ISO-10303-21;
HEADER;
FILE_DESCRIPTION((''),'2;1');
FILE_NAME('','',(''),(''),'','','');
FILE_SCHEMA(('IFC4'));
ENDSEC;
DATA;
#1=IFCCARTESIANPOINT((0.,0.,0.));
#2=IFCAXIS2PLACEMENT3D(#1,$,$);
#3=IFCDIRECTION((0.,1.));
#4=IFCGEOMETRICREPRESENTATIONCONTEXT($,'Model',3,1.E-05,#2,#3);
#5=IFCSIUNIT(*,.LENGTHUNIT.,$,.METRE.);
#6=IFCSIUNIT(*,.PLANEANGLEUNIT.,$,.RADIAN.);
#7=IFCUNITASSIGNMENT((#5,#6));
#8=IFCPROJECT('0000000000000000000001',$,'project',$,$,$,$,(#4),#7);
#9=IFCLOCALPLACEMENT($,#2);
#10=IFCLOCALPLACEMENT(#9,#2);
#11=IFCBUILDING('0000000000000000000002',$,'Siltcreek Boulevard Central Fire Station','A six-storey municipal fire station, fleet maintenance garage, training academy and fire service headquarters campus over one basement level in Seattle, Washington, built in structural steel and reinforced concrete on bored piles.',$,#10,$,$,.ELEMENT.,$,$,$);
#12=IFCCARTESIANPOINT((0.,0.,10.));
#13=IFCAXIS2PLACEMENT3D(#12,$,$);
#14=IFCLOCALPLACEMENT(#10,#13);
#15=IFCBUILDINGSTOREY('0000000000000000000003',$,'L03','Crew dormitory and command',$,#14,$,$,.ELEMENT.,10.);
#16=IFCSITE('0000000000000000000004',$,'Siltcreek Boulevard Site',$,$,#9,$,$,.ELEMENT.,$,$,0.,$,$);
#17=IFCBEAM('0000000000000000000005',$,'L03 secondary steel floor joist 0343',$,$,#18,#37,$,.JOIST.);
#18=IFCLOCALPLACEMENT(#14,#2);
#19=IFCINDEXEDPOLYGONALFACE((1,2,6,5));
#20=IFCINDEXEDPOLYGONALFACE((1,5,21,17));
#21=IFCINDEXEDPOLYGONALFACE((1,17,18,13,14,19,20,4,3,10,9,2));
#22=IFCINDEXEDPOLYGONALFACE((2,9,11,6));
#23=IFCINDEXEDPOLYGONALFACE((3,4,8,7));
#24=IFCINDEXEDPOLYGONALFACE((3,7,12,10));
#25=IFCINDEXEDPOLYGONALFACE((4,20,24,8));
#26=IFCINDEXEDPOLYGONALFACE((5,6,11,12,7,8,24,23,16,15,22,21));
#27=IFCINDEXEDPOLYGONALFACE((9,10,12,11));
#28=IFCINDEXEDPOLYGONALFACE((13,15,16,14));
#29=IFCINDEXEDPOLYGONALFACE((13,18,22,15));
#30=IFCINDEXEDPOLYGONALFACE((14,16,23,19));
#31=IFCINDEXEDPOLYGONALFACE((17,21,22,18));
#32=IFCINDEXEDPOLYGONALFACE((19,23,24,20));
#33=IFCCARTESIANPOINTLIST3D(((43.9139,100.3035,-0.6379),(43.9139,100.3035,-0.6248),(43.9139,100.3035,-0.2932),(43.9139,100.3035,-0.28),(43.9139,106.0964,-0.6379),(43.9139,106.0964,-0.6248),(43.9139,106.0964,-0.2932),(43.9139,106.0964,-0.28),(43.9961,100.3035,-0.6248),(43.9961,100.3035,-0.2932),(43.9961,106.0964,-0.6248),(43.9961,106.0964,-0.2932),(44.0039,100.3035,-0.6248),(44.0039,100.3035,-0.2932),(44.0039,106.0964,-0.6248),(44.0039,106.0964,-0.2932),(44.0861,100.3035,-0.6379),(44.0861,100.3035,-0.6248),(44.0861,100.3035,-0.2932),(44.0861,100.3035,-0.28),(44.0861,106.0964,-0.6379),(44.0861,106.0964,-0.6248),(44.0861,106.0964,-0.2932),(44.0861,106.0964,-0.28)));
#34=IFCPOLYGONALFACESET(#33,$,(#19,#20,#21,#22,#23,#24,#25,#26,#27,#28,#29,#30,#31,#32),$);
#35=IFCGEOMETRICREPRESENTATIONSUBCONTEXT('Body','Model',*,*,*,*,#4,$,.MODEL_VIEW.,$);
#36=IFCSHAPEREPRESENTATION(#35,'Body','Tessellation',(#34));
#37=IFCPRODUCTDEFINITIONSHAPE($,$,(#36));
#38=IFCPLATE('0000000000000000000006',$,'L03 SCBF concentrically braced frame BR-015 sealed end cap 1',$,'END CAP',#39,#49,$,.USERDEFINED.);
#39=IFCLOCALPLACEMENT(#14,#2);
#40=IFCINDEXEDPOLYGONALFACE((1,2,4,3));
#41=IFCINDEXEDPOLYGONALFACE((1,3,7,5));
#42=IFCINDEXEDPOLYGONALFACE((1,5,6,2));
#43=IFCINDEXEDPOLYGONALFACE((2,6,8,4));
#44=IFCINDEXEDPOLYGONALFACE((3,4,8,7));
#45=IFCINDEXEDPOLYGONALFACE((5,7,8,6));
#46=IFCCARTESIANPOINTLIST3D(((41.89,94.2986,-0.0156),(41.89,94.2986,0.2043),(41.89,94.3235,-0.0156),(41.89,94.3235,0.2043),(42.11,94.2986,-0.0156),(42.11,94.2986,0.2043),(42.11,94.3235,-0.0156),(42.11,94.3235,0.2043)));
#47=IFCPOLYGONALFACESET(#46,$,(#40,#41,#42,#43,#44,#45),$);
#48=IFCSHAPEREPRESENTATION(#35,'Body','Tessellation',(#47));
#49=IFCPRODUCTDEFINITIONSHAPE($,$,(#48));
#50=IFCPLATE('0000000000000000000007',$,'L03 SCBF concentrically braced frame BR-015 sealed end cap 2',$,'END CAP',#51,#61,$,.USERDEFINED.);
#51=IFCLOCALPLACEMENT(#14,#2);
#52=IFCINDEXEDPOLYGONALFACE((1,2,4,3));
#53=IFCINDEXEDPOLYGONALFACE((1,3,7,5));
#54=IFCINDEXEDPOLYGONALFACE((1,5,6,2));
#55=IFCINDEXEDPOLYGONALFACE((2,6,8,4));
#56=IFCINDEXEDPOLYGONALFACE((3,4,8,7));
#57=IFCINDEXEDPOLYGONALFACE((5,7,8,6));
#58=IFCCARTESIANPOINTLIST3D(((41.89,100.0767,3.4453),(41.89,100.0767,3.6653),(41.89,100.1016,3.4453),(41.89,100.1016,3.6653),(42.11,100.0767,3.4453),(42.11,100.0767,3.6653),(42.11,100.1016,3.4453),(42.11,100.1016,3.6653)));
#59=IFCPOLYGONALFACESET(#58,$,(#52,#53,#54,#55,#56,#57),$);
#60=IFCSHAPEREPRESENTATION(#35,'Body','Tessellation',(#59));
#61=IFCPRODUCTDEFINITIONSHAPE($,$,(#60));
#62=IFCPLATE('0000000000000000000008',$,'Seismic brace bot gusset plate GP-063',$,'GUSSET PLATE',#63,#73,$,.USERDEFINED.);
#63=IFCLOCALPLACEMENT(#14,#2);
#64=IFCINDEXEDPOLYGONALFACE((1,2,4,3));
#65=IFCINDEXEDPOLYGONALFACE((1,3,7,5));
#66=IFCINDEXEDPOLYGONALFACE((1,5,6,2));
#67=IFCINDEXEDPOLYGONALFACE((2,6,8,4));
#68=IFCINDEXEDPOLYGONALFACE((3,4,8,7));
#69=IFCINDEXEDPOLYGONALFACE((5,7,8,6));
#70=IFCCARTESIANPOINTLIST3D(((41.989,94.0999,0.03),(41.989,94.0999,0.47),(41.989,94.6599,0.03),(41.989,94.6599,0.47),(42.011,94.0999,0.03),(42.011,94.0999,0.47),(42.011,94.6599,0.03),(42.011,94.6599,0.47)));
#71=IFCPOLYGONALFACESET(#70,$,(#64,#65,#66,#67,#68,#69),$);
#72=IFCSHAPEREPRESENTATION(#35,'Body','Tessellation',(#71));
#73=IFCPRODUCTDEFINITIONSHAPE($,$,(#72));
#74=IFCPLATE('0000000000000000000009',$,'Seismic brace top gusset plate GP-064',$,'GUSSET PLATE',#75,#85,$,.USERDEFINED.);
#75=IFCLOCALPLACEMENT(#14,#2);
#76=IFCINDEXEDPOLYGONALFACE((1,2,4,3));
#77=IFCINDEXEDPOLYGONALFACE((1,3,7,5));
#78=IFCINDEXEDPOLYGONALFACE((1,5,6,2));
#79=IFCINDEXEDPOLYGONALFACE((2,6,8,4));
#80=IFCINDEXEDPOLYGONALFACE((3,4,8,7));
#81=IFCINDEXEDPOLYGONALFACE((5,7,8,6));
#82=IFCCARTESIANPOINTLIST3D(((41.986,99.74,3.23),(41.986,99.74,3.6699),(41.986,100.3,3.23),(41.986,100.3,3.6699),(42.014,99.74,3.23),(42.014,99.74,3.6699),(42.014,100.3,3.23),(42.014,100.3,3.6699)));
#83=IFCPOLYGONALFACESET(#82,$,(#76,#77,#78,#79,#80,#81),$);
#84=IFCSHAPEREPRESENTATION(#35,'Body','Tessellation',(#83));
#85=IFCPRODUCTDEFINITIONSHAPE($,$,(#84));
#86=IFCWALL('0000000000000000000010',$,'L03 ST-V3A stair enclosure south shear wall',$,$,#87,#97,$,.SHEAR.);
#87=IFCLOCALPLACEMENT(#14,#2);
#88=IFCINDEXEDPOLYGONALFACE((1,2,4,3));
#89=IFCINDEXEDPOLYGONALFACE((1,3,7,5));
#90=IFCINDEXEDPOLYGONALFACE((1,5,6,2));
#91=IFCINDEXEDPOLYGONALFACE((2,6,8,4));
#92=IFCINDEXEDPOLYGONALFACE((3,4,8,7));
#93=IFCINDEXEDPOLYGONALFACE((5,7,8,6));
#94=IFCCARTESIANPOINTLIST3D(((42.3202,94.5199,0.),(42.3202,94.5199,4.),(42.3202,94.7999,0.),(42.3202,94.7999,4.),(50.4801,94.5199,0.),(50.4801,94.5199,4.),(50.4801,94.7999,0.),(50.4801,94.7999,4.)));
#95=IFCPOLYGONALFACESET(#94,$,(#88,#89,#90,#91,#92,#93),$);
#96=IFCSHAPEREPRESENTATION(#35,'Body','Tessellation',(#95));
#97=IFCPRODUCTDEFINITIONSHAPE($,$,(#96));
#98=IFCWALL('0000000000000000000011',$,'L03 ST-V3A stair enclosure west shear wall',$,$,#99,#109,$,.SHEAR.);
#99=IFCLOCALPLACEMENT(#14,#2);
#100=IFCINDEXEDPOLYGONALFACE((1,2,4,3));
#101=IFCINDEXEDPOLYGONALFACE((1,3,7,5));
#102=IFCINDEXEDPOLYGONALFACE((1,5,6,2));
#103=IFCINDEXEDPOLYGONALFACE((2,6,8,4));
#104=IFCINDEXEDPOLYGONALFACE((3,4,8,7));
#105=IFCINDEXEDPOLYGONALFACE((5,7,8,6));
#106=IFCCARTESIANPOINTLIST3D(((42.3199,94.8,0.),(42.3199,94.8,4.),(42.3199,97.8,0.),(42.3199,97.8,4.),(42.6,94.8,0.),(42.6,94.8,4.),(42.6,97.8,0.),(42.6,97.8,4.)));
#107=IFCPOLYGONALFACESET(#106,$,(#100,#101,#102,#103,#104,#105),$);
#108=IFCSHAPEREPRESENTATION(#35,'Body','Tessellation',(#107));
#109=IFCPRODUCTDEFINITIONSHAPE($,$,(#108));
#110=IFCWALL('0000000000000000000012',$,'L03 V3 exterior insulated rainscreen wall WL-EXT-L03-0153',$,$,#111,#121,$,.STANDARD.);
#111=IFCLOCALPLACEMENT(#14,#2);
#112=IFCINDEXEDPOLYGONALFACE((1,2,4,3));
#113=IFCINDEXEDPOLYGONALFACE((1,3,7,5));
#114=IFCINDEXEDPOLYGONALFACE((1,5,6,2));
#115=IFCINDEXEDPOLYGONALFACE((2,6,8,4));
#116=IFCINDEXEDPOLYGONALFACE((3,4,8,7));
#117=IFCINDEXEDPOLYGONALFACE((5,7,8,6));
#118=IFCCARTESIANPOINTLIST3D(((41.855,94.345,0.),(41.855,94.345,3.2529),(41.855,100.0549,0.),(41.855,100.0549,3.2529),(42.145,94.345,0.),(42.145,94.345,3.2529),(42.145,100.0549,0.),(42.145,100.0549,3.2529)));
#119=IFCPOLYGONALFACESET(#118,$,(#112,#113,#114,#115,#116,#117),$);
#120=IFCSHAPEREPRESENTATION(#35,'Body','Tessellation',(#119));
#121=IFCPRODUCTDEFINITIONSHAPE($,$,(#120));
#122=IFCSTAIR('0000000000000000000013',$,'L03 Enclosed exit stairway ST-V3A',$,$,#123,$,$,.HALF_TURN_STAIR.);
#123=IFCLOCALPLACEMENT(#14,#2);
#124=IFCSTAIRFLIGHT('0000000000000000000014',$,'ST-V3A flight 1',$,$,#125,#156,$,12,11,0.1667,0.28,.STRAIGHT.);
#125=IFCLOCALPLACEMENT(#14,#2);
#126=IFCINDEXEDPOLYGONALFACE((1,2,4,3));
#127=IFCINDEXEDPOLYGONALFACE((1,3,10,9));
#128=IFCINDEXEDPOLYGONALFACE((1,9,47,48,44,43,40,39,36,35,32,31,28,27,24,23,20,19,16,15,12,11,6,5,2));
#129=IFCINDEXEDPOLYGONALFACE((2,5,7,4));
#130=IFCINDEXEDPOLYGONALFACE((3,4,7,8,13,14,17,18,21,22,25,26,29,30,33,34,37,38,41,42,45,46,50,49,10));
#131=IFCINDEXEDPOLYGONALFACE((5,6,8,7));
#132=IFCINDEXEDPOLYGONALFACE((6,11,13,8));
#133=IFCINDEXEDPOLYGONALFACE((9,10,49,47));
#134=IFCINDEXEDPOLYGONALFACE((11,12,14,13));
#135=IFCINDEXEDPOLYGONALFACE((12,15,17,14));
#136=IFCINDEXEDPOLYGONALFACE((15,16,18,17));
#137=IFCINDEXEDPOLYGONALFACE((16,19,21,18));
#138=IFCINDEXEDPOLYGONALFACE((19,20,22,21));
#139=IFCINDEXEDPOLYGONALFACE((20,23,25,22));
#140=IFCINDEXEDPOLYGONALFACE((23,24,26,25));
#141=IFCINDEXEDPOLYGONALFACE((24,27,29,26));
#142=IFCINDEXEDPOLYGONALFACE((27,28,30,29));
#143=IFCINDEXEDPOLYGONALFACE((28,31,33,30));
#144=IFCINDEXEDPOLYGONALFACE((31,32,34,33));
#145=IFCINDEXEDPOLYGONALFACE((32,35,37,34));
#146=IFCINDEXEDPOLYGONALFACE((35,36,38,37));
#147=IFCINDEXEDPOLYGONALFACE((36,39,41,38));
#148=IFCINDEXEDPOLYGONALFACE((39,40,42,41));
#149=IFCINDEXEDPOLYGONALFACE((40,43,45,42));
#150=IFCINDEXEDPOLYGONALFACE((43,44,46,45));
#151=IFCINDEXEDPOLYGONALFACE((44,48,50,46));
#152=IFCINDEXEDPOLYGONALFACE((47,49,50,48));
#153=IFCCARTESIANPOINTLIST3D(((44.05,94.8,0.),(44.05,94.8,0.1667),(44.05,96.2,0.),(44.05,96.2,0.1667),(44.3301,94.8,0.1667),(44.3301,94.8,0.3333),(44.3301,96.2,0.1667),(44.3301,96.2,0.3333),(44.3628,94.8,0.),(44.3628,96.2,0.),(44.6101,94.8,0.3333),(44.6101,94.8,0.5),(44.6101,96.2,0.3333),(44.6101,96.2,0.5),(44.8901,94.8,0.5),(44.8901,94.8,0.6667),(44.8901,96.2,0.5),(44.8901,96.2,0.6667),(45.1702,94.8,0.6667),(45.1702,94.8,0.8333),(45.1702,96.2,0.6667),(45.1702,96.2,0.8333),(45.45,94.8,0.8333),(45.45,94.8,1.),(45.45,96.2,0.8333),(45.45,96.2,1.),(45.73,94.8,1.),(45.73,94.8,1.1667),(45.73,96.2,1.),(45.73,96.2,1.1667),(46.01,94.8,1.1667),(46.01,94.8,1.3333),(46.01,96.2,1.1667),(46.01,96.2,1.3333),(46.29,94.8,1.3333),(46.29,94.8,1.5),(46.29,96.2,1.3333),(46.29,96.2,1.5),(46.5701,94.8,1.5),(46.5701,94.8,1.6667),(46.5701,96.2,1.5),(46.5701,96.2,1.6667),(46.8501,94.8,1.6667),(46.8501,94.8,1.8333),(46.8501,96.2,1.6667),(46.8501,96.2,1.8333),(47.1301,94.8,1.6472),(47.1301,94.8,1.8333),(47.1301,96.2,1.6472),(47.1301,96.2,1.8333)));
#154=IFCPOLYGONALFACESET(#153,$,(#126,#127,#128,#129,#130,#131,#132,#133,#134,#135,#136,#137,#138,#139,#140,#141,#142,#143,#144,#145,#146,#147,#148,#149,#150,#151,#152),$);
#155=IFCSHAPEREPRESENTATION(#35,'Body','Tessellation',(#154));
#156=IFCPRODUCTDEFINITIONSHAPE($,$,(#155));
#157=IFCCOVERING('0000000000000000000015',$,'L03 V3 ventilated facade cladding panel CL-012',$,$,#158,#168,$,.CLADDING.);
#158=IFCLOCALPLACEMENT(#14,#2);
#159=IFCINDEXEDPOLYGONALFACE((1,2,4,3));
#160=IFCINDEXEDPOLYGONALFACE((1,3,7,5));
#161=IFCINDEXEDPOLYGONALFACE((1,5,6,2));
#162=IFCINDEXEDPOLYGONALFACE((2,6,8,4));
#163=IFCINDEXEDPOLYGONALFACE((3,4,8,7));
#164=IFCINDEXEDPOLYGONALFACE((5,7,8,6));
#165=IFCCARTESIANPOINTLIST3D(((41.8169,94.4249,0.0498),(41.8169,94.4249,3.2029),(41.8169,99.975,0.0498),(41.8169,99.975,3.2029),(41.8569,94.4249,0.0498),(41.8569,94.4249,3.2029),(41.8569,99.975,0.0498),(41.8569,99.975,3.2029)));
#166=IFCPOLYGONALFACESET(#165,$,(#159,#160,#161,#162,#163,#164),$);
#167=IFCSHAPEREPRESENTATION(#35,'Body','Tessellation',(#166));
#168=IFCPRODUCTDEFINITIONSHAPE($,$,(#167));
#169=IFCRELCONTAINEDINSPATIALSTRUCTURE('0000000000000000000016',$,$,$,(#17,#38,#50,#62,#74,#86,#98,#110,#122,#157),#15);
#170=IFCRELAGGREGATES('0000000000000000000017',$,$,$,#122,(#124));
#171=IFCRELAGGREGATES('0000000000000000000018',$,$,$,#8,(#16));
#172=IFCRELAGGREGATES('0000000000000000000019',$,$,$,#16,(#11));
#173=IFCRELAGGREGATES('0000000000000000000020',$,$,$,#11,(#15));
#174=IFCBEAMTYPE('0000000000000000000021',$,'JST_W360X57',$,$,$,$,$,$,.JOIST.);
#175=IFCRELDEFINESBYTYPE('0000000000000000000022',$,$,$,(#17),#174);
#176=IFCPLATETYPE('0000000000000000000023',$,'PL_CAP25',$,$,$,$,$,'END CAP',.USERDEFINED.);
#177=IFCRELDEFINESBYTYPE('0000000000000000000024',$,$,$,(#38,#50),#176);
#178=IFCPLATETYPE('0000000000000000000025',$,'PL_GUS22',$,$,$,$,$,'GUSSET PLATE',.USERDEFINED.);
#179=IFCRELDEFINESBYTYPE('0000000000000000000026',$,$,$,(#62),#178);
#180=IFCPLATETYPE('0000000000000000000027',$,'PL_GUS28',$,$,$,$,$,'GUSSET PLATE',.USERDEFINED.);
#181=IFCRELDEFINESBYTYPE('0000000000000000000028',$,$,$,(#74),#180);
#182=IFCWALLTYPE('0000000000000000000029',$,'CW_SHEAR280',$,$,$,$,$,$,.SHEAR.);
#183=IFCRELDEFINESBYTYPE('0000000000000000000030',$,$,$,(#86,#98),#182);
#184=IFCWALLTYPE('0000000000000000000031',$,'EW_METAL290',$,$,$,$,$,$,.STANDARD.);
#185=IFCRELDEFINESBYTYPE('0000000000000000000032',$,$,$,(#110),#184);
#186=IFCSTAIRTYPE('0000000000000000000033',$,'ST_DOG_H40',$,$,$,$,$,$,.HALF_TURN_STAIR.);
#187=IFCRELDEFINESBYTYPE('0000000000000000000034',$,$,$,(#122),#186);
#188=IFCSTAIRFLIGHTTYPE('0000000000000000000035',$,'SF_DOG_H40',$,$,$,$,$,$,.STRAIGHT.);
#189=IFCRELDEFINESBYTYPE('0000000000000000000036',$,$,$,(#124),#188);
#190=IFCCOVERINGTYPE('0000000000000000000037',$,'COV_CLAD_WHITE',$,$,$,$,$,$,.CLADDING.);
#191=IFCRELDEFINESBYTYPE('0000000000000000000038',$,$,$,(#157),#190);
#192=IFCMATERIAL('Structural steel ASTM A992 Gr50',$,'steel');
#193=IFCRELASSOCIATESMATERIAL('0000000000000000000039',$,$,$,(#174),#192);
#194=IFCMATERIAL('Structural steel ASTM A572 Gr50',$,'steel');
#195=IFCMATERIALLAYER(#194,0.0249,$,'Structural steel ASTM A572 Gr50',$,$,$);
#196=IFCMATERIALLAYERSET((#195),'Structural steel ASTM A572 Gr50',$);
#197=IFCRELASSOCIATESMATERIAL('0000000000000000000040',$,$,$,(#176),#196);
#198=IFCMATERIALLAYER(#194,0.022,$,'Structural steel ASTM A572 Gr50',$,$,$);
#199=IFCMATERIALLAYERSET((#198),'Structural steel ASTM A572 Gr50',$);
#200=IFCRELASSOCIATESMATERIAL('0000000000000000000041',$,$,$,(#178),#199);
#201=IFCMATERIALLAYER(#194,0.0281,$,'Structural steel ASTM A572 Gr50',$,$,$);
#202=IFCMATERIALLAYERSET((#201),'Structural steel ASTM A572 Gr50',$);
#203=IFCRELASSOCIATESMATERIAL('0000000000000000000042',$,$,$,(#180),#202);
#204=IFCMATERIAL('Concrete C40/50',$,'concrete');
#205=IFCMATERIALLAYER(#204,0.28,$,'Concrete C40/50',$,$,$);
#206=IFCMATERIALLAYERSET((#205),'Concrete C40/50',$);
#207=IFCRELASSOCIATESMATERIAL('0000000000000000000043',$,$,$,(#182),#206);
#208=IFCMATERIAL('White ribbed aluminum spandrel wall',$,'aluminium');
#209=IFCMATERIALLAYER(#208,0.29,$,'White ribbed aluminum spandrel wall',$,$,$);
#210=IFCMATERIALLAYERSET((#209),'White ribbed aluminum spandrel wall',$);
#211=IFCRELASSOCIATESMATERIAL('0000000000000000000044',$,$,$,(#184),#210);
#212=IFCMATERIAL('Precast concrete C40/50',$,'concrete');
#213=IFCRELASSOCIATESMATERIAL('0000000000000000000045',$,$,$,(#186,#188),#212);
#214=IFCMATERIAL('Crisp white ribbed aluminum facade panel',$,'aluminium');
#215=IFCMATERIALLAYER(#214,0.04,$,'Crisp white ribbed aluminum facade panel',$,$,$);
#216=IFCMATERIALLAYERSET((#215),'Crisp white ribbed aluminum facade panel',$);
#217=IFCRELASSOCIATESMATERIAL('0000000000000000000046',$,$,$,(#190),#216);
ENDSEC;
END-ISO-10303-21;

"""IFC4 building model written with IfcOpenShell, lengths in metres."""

from ifc_helpers import new_model, si_unit, direction, frame, frame_2d, origin, origin_2d, place, context, subcontext, project, spatial, polyline, rectangle, i_section, outline, extrude, material, layer, layer_set, material_profile, profile_set, type_object, element, aggregate, save


model = new_model("IFC4")

# Units and contexts
model_context = context("Model", 3, precision=1e-05, world=origin(), true_north=direction((0.0, 1.0)))
body_context = subcontext(model_context, "Body", "Model", "MODEL_VIEW")
ifc_project = project(units=[si_unit("LENGTHUNIT", "METRE"), si_unit("PLANEANGLEUNIT", "RADIAN")], contexts=[model_context])

# Site, building, storey
site_placement = place(None, origin())
site = spatial("IfcSite", under=ifc_project, at=site_placement, Name="Siltcreek Boulevard Site", CompositionType="ELEMENT", RefElevation=0.0)
building_placement = place(site_placement, origin())
building = spatial("IfcBuilding", under=site, at=building_placement, Name="Siltcreek Boulevard Central Fire Station", Description="A six-storey municipal fire station, fleet maintenance garage, training academy and fire service headquarters campus over one basement level in Seattle, Washington, built in structural steel and reinforced concrete on bored piles.", CompositionType="ELEMENT")
storey_placement = place(building_placement, frame((0.0, 0.0, 10.0)))
storey = spatial("IfcBuildingStorey", under=building, at=storey_placement, Name="L03", Description="Crew dormitory and command", CompositionType="ELEMENT", Elevation=10.0)

# Shared definitions
ifc_material_1 = material(Name="Structural steel ASTM A992 Gr50", Category="steel")

# Beam
ifc_material_profile_1 = material_profile(ifc_material_1, i_section(OverallWidth=0.1721, OverallDepth=0.3579, WebThickness=0.0078, FlangeThickness=0.0132, at=origin_2d()), Name="W360X57")
ifc_profile_set_1 = profile_set([ifc_material_profile_1], Name="Structural steel ASTM A992 Gr50")
beam_type_1 = type_object("IfcBeamType", Name="JST_W360X57", PredefinedType="JOIST", material=ifc_profile_set_1)
beam_1_placement = place(storey_placement, frame((44.0, 100.3035, -0.459), z_axis=(0.0, 1.0, 0.0), x_axis=(-1.0, 0.0, 0.0)))
element("IfcBeam", 1, at=beam_1_placement, inside=storey, type_object=beam_type_1, Name="L03 secondary steel floor joist 0343", PredefinedType="JOIST", context=body_context, shape_type="SweptSolid", body=[
    extrude(i_section(OverallWidth=0.1721, OverallDepth=0.3579, WebThickness=0.0078, FlangeThickness=0.0132, at=origin_2d()), origin(), (0.0, 0.0, 1.0), 5.793),
])

# Plates
ifc_material_2 = material(Name="Structural steel ASTM A572 Gr50", Category="steel")
ifc_layer_1 = layer(ifc_material_2, 0.0249, Name="Structural steel ASTM A572 Gr50")
ifc_layer_set_1 = layer_set([ifc_layer_1], Name="Structural steel ASTM A572 Gr50")
plate_type_1 = type_object("IfcPlateType", Name="PL_CAP25", ElementType="END CAP", PredefinedType="USERDEFINED", material=ifc_layer_set_1)
for number, where, z_axis, x_axis, name in (
    (2, (42.0, 94.311, -0.0156), (0.0, 0.0, 1.0), (0.0, 1.0, 0.0), "L03 SCBF concentrically braced frame BR-015 sealed end cap 1"),
    (3, (42.0, 100.0891, 3.4453), (0.0, 0.0, 1.0), (0.0, 1.0, 0.0), "L03 SCBF concentrically braced frame BR-015 sealed end cap 2"),
):
    element("IfcPlate", number, at=place(storey_placement, frame(where, z_axis=z_axis, x_axis=x_axis)), inside=storey, type_object=plate_type_1, Name=name, ObjectType="END CAP", PredefinedType="USERDEFINED", context=body_context, shape_type="SweptSolid", body=[
        extrude(rectangle(XDim=0.0249, YDim=0.22, at=origin_2d()), origin(), (0.0, 0.0, 1.0), 0.22),
    ])
ifc_layer_2 = layer(ifc_material_2, 0.022, Name="Structural steel ASTM A572 Gr50")
ifc_layer_set_2 = layer_set([ifc_layer_2], Name="Structural steel ASTM A572 Gr50")
plate_type_2 = type_object("IfcPlateType", Name="PL_GUS22", ElementType="GUSSET PLATE", PredefinedType="USERDEFINED", material=ifc_layer_set_2)
plate_1_placement = place(storey_placement, frame((42.0, 94.3799, 0.03), z_axis=(0.0, 0.0, 1.0), x_axis=(0.0, 1.0, 0.0)))
element("IfcPlate", 4, at=plate_1_placement, inside=storey, type_object=plate_type_2, Name="Seismic brace bot gusset plate GP-063", ObjectType="GUSSET PLATE", PredefinedType="USERDEFINED", context=body_context, shape_type="SweptSolid", body=[
    extrude(rectangle(XDim=0.5601, YDim=0.022, at=origin_2d()), origin(), (0.0, 0.0, 1.0), 0.4399),
])
ifc_layer_3 = layer(ifc_material_2, 0.0281, Name="Structural steel ASTM A572 Gr50")
ifc_layer_set_3 = layer_set([ifc_layer_3], Name="Structural steel ASTM A572 Gr50")
plate_type_3 = type_object("IfcPlateType", Name="PL_GUS28", ElementType="GUSSET PLATE", PredefinedType="USERDEFINED", material=ifc_layer_set_3)
plate_2_placement = place(storey_placement, frame((42.0, 100.02, 3.23), z_axis=(0.0, 0.0, 1.0), x_axis=(0.0, 1.0, 0.0)))
element("IfcPlate", 5, at=plate_2_placement, inside=storey, type_object=plate_type_3, Name="Seismic brace top gusset plate GP-064", ObjectType="GUSSET PLATE", PredefinedType="USERDEFINED", context=body_context, shape_type="SweptSolid", body=[
    extrude(rectangle(XDim=0.5601, YDim=0.0281, at=origin_2d()), origin(), (0.0, 0.0, 1.0), 0.4399),
])

# Walls
ifc_material_3 = material(Name="Concrete C40/50", Category="concrete")
ifc_layer_4 = layer(ifc_material_3, 0.28, Name="Concrete C40/50")
ifc_layer_set_4 = layer_set([ifc_layer_4], Name="Concrete C40/50")
wall_type_1 = type_object("IfcWallType", Name="CW_SHEAR280", PredefinedType="SHEAR", material=ifc_layer_set_4)
wall_1_placement = place(storey_placement, frame((42.3201, 94.6599, 0.0), z_axis=(0.0, 0.0, 1.0), x_axis=(1.0, 0.0, 0.0)))
element("IfcWall", 6, at=wall_1_placement, inside=storey, type_object=wall_type_1, Name="L03 ST-V3A stair enclosure south shear wall", PredefinedType="SHEAR", context=body_context, shape_type="SweptSolid", body=[
    extrude(rectangle(XDim=8.1599, YDim=0.28, at=frame_2d((4.0801, 0.0))), origin(), (0.0, 0.0, 1.0), 4.0),
])
wall_2_placement = place(storey_placement, frame((42.46, 97.8, 0.0), z_axis=(0.0, 0.0, 1.0), x_axis=(0.0, -1.0, 0.0)))
element("IfcWall", 7, at=wall_2_placement, inside=storey, type_object=wall_type_1, Name="L03 ST-V3A stair enclosure west shear wall", PredefinedType="SHEAR", context=body_context, shape_type="SweptSolid", body=[
    extrude(rectangle(XDim=3.0, YDim=0.28, at=frame_2d((1.5, 0.0))), origin(), (0.0, 0.0, 1.0), 4.0),
])
ifc_material_4 = material(Name="White ribbed aluminum spandrel wall", Category="aluminium")
ifc_layer_5 = layer(ifc_material_4, 0.29, Name="White ribbed aluminum spandrel wall")
ifc_layer_set_5 = layer_set([ifc_layer_5], Name="White ribbed aluminum spandrel wall")
wall_type_2 = type_object("IfcWallType", Name="EW_METAL290", PredefinedType="STANDARD", material=ifc_layer_set_5)
wall_3_placement = place(storey_placement, frame((42.0, 100.0549, 0.0), z_axis=(0.0, 0.0, 1.0), x_axis=(0.0, -1.0, 0.0)))
element("IfcWall", 8, at=wall_3_placement, inside=storey, type_object=wall_type_2, Name="L03 V3 exterior insulated rainscreen wall WL-EXT-L03-0153", PredefinedType="STANDARD", context=body_context, shape_type="SweptSolid", body=[
    extrude(rectangle(XDim=5.71, YDim=0.29, at=frame_2d((2.855, 0.0))), origin(), (0.0, 0.0, 1.0), 3.2529),
])

# Stair, stair flight
ifc_material_5 = material(Name="Precast concrete C40/50", Category="concrete")
stair_type = type_object("IfcStairType", Name="ST_DOG_H40", PredefinedType="HALF_TURN_STAIR", material=ifc_material_5)
stair_placement = place(storey_placement, origin())
stair = element("IfcStair", 9, at=stair_placement, inside=storey, type_object=stair_type, Name="L03 Enclosed exit stairway ST-V3A", PredefinedType="HALF_TURN_STAIR")
stair_flight_type = type_object("IfcStairFlightType", Name="SF_DOG_H40", PredefinedType="STRAIGHT", material=ifc_material_5)
stair_flight_placement = place(storey_placement, frame((44.05, 95.5, 0.0), z_axis=(0.0, 0.0, 1.0), x_axis=(1.0, 0.0, 0.0)))
stair_flight = element("IfcStairFlight", 10, at=stair_flight_placement, type_object=stair_flight_type, Name="ST-V3A flight 1", NumberOfRisers=12, NumberOfTreads=11, PredefinedType="STRAIGHT", RiserHeight=0.1667, TreadLength=0.28, context=body_context, shape_type="SweptSolid", body=[
    extrude(outline(polyline([(0.0, 0.0), (0.0, 0.1667), (0.28, 0.1667), (0.28, 0.3333), (0.5601, 0.3333), (0.5601, 0.5), (0.8401, 0.5), (0.8401, 0.6667), (1.1201, 0.6667), (1.1201, 0.8333), (1.3999, 0.8333), (1.3999, 1.0), (1.6799, 1.0), (1.6799, 1.1667), (1.96, 1.1667), (1.96, 1.3333), (2.24, 1.3333), (2.24, 1.5), (2.52, 1.5), (2.52, 1.6667), (2.8, 1.6667), (2.8, 1.8333), (3.0801, 1.8333), (3.0801, 2.0), (3.0801, 1.6472), (0.3127, 0.0), (0.0, 0.0)])), frame((0.0, 0.7, 0.0), z_axis=(0.0, -1.0, 0.0), x_axis=(1.0, 0.0, 0.0)), (0.0, 0.0, 1.0), 1.3999),
])
aggregate(stair, [stair_flight])

# Covering
ifc_material_6 = material(Name="Crisp white ribbed aluminum facade panel", Category="aluminium")
ifc_layer_6 = layer(ifc_material_6, 0.04, Name="Crisp white ribbed aluminum facade panel")
ifc_layer_set_6 = layer_set([ifc_layer_6], Name="Crisp white ribbed aluminum facade panel")
covering_type = type_object("IfcCoveringType", Name="COV_CLAD_WHITE", PredefinedType="CLADDING", material=ifc_layer_set_6)
covering_placement = place(storey_placement, frame((41.8369, 97.2, 0.0498), z_axis=(0.0, 0.0, 1.0), x_axis=(0.0, -1.0, 0.0)))
element("IfcCovering", 11, at=covering_placement, inside=storey, type_object=covering_type, Name="L03 V3 ventilated facade cladding panel CL-012", PredefinedType="CLADDING", context=body_context, shape_type="SweptSolid", body=[
    extrude(rectangle(XDim=5.55, YDim=0.04, at=origin_2d()), origin(), (0.0, 0.0, 1.0), 3.1531),
])

save(model, "model.ifc")
